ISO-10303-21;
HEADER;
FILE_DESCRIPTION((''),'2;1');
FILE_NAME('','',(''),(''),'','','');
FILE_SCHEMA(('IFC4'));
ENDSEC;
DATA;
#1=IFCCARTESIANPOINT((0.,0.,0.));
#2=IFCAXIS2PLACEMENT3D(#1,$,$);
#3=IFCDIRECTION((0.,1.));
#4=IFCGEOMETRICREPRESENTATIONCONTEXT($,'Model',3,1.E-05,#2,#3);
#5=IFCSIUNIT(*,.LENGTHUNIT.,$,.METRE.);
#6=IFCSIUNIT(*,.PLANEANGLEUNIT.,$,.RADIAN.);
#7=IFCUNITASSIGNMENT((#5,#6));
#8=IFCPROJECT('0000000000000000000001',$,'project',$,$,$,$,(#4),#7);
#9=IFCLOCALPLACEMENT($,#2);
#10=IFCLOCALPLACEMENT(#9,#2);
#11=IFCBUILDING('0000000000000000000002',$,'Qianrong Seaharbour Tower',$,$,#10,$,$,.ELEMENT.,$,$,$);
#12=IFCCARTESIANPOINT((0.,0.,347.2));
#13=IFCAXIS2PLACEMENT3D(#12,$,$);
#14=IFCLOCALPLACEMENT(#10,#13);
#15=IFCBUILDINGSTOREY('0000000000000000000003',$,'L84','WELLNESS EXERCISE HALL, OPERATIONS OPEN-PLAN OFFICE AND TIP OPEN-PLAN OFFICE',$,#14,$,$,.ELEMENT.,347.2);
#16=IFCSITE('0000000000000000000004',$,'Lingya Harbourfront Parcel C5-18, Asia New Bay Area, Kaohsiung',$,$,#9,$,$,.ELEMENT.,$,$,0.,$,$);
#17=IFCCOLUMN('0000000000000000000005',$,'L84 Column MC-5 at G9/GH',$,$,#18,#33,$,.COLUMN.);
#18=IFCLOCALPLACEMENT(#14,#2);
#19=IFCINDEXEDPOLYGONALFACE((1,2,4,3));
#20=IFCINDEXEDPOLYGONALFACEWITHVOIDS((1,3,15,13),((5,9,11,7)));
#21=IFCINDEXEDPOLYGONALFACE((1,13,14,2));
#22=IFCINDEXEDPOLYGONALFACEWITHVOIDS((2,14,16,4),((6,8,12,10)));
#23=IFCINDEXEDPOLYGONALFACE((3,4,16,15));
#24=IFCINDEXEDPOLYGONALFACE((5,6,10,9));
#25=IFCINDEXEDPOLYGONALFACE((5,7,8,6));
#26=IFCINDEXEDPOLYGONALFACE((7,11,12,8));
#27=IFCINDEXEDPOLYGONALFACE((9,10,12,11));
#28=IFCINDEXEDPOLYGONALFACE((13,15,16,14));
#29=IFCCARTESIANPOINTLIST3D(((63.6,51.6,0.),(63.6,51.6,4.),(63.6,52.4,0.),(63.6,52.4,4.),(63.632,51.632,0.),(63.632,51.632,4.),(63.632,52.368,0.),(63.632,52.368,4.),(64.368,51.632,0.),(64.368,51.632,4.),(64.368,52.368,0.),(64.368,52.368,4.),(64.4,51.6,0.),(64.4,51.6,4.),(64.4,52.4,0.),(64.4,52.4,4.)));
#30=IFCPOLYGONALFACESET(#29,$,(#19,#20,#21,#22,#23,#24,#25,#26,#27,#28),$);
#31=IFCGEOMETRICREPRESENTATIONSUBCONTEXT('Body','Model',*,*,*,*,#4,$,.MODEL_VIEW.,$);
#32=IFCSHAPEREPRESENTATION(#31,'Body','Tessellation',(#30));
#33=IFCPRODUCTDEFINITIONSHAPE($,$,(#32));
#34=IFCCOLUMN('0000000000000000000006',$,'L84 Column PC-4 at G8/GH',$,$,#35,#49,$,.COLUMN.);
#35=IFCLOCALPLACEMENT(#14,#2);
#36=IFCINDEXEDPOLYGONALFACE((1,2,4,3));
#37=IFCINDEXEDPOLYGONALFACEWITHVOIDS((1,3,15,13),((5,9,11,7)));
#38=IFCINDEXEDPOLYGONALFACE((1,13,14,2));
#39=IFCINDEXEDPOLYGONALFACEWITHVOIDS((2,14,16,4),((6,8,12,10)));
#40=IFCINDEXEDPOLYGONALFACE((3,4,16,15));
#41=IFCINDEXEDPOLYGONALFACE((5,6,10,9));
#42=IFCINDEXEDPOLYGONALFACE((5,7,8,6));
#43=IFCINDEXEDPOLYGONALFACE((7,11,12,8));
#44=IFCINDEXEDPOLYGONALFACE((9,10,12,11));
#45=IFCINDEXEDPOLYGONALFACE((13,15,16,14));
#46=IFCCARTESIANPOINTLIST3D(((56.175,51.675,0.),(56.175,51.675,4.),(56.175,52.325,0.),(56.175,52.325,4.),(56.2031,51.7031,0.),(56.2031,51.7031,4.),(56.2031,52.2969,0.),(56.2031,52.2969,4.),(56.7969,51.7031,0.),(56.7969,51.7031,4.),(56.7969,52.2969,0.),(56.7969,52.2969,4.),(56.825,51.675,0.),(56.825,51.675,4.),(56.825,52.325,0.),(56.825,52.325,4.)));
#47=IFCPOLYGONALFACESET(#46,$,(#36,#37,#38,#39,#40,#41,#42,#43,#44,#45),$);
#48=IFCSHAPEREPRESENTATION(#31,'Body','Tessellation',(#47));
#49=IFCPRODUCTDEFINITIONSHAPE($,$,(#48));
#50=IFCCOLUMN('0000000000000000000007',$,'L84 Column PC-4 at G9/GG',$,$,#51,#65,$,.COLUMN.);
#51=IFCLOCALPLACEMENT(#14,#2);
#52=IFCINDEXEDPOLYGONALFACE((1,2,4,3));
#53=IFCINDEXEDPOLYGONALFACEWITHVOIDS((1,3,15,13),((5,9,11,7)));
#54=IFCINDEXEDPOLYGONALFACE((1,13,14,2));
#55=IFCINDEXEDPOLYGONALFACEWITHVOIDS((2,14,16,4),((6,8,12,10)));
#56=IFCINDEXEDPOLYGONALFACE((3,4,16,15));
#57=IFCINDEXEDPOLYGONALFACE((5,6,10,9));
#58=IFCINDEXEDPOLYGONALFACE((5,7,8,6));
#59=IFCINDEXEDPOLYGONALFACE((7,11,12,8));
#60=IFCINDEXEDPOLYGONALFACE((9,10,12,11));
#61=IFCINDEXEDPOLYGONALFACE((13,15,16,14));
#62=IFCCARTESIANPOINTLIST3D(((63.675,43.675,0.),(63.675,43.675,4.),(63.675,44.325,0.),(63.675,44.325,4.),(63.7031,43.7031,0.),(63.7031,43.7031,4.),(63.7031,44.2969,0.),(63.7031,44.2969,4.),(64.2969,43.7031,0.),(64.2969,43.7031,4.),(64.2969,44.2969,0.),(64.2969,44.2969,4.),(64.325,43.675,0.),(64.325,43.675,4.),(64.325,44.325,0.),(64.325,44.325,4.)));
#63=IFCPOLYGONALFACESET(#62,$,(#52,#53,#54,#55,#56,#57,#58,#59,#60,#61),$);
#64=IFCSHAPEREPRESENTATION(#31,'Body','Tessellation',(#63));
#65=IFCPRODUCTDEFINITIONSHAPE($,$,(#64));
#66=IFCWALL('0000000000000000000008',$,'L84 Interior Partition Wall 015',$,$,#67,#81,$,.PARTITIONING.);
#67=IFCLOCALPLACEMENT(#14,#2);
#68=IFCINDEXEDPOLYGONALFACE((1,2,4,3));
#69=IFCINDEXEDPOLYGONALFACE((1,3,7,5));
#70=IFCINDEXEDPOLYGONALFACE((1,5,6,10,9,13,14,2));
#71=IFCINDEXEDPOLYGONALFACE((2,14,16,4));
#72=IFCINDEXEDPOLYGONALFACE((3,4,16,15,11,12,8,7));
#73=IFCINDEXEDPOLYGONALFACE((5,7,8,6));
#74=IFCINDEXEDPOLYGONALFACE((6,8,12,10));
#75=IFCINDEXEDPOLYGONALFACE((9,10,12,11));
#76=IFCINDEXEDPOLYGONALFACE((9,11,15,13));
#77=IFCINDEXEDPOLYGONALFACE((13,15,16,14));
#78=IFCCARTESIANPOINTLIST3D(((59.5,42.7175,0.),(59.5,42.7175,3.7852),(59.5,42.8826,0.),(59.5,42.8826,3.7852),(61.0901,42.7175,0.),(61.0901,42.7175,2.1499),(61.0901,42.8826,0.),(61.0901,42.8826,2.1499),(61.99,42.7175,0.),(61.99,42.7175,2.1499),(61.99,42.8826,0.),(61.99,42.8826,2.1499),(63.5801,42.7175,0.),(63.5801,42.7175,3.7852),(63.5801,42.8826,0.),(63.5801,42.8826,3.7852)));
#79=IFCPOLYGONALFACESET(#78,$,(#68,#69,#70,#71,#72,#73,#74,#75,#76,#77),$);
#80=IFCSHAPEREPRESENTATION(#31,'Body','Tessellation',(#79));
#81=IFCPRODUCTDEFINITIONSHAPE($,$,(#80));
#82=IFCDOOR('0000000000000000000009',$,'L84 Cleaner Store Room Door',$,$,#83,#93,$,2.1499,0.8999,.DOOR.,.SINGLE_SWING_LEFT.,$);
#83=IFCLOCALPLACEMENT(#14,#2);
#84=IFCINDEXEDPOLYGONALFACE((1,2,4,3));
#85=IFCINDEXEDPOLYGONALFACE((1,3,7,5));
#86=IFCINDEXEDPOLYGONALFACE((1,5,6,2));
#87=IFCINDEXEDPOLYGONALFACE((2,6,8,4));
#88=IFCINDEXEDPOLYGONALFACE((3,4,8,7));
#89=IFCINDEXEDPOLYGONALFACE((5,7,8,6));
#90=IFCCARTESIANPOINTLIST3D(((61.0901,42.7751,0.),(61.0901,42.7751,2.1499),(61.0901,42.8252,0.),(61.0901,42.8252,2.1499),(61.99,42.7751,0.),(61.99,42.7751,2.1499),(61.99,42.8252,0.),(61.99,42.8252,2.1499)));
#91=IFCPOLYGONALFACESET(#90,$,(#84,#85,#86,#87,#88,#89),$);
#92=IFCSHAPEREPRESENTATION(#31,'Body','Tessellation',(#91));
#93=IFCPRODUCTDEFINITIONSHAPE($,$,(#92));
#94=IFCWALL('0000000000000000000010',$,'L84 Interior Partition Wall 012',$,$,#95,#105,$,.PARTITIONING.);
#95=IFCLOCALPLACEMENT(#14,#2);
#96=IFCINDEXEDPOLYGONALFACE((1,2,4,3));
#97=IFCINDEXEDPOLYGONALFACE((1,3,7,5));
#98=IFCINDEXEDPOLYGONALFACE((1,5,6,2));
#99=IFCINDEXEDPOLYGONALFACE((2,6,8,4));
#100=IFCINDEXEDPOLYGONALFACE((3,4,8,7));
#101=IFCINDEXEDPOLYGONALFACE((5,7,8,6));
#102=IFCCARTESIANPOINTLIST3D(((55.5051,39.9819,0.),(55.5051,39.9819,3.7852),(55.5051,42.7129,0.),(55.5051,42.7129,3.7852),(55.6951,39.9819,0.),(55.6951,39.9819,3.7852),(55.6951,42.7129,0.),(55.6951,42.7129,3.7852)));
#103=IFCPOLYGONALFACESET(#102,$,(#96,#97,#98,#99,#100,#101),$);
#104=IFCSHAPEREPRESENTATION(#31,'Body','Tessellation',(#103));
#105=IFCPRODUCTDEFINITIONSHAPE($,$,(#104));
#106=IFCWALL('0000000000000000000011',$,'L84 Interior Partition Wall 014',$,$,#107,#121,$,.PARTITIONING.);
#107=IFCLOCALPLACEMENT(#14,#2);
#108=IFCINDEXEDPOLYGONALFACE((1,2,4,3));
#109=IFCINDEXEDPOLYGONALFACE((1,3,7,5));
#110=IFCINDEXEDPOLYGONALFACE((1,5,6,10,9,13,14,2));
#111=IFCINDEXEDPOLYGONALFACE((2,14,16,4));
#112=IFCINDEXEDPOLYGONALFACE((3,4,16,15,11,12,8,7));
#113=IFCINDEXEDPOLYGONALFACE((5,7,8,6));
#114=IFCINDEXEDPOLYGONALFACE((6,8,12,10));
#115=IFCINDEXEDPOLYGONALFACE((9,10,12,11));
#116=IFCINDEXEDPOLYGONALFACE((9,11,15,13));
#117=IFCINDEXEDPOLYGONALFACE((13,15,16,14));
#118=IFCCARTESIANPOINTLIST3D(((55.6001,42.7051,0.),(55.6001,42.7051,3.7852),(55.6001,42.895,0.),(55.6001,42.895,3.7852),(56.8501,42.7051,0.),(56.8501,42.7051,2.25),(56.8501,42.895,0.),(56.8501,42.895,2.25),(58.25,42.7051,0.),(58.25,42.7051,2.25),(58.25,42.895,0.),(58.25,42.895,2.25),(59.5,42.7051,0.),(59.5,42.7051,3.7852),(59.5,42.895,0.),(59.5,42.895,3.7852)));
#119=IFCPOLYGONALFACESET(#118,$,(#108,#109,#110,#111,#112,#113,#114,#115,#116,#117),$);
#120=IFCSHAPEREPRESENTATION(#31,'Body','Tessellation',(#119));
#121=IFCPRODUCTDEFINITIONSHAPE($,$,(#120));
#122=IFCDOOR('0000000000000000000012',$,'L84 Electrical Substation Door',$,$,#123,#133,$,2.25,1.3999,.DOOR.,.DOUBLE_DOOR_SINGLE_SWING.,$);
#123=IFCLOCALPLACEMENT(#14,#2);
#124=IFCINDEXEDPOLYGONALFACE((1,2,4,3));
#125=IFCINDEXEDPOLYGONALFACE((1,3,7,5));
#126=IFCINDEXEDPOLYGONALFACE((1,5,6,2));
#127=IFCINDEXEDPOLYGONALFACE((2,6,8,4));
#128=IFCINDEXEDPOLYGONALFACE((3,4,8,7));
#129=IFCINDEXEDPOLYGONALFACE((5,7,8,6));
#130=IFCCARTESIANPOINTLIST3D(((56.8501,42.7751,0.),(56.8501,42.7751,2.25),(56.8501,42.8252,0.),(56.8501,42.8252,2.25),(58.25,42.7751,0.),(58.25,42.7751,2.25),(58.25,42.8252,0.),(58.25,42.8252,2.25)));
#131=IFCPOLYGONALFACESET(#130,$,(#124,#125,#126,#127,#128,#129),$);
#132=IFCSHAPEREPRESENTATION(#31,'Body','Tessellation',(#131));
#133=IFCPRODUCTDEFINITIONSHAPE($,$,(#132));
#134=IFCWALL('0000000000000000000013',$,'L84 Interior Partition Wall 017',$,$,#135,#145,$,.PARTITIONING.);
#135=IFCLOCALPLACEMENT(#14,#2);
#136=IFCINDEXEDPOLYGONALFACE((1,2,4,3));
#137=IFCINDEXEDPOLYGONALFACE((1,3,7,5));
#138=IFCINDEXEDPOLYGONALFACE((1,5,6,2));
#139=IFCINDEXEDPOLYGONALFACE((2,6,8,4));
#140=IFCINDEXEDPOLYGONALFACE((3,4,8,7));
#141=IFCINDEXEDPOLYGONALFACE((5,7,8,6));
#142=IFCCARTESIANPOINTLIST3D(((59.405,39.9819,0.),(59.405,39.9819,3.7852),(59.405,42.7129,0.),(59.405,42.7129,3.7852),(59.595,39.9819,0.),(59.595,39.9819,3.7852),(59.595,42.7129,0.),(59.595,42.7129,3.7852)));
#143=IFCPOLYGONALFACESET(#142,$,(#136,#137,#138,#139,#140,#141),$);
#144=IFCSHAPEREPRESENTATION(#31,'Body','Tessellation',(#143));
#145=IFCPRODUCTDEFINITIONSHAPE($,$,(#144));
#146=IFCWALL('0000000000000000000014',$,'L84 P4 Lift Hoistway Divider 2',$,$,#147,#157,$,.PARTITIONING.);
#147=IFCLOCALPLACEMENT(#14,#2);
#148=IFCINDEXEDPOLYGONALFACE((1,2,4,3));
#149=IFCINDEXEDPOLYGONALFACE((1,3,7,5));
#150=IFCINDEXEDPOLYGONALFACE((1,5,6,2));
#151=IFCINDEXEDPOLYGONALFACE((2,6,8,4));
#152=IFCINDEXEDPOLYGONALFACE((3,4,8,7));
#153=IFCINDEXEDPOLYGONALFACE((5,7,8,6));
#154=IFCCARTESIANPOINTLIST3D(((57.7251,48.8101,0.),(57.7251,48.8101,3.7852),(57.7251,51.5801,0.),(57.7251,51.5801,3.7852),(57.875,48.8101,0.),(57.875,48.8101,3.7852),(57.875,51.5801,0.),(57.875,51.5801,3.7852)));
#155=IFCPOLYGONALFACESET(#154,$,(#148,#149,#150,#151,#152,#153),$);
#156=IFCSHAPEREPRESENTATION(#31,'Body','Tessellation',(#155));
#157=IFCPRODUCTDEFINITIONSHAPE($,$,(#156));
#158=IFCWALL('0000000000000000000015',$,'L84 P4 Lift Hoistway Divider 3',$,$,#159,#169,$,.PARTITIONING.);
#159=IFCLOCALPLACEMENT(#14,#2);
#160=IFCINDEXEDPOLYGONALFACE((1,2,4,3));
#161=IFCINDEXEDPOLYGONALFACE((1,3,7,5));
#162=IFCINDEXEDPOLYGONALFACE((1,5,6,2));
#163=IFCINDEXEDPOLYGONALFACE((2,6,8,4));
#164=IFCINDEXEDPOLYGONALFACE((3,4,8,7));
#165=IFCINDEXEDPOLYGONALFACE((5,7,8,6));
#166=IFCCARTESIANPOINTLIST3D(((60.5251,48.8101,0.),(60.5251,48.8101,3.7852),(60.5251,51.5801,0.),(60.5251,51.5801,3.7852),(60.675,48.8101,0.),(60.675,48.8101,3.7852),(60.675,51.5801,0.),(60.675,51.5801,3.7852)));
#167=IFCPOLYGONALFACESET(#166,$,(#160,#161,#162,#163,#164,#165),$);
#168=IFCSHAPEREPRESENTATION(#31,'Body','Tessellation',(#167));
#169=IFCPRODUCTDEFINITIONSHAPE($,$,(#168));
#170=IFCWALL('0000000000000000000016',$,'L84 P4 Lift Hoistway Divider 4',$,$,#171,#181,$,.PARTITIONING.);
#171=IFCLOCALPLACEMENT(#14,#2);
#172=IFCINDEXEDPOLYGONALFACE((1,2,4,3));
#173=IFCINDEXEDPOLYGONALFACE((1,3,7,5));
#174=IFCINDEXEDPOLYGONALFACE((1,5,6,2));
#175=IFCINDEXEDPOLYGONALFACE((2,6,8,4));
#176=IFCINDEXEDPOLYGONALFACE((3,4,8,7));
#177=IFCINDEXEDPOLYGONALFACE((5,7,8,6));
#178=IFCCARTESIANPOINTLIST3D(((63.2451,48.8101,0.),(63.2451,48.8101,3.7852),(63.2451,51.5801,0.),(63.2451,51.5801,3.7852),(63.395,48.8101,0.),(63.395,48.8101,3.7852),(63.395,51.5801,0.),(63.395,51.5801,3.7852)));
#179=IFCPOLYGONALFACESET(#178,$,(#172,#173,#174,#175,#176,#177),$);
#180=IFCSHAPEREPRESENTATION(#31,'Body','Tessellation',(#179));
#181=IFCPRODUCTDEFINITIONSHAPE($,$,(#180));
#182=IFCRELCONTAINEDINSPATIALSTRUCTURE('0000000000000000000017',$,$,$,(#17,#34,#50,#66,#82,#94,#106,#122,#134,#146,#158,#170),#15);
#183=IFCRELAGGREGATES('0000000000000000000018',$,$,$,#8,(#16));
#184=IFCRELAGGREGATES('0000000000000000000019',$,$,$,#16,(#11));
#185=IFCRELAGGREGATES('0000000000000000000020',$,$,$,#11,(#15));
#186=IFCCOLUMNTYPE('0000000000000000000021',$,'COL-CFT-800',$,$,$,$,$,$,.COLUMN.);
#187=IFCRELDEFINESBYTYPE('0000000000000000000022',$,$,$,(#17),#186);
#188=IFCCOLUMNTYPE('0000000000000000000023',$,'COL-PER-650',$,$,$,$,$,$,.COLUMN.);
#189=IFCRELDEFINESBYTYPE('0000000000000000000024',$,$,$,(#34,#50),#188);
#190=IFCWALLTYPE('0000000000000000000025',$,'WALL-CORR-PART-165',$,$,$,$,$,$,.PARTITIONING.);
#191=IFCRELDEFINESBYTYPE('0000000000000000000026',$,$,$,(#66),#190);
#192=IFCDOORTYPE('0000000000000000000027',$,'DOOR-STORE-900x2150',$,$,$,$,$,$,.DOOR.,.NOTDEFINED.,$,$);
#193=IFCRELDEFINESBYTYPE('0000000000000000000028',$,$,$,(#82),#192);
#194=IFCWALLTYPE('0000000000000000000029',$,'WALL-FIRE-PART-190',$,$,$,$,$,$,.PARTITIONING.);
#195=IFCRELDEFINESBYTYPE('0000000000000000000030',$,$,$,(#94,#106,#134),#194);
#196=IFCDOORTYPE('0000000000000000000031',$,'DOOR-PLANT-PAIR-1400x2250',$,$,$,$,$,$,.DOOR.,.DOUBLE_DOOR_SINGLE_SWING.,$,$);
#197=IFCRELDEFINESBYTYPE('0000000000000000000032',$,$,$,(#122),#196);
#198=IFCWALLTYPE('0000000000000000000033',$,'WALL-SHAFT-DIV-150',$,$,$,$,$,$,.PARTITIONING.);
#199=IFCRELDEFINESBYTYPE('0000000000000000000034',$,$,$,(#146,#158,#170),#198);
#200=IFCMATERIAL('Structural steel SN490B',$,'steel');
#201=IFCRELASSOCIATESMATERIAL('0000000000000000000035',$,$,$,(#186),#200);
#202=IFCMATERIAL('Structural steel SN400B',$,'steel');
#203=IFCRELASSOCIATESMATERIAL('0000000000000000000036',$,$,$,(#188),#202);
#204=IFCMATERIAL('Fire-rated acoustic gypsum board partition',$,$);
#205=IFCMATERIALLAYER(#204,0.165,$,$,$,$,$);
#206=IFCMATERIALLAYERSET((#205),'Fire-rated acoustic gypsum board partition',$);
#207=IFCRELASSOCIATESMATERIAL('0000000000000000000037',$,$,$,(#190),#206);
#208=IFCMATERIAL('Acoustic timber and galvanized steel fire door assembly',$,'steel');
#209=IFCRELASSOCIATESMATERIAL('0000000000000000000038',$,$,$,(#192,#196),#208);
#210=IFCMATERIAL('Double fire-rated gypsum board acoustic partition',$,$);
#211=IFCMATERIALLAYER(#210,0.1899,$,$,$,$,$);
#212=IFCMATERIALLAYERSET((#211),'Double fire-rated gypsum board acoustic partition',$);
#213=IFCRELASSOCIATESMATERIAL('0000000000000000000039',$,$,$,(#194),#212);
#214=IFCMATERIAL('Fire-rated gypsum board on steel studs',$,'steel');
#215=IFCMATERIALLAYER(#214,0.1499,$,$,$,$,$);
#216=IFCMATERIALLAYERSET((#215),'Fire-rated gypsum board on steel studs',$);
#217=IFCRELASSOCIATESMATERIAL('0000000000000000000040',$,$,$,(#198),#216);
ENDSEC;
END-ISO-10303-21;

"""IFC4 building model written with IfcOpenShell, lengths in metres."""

from ifc_helpers import new_model, si_unit, direction, frame, frame_2d, origin, origin_2d, place, context, subcontext, project, spatial, rectangle, hollow_rectangle, extrude, material, layer, layer_set, material_profile, profile_set, type_object, element, fill, save


model = new_model("IFC4")

# Units and contexts
model_context = context("Model", 3, precision=1e-05, world=origin(), true_north=direction((0.0, 1.0)))
body_context = subcontext(model_context, "Body", "Model", "MODEL_VIEW")
ifc_project = project(units=[si_unit("LENGTHUNIT", "METRE"), si_unit("PLANEANGLEUNIT", "RADIAN")], contexts=[model_context])

# Site, building, storey
site_placement = place(None, origin())
site = spatial("IfcSite", under=ifc_project, at=site_placement, Name="Lingya Harbourfront Parcel C5-18, Asia New Bay Area, Kaohsiung", CompositionType="ELEMENT", RefElevation=0.0)
building_placement = place(site_placement, origin())
building = spatial("IfcBuilding", under=site, at=building_placement, Name="Qianrong Seaharbour Tower", CompositionType="ELEMENT")
storey_placement = place(building_placement, frame((0.0, 0.0, 347.2)))
storey = spatial("IfcBuildingStorey", under=building, at=storey_placement, Name="L84", Description="WELLNESS EXERCISE HALL, OPERATIONS OPEN-PLAN OFFICE AND TIP OPEN-PLAN OFFICE", CompositionType="ELEMENT", Elevation=347.2)

# Columns
ifc_material_1 = material(Name="Structural steel SN490B", Category="steel")
ifc_material_profile_1 = material_profile(ifc_material_1, hollow_rectangle(XDim=0.8, YDim=0.8, WallThickness=0.032, at=origin_2d()), Name="BOX800x800x32")
ifc_profile_set_1 = profile_set([ifc_material_profile_1], Name="Structural steel SN490B")
column_type_1 = type_object("IfcColumnType", Name="COL-CFT-800", PredefinedType="COLUMN", material=ifc_profile_set_1)
column_placement = place(storey_placement, frame((64.0, 52.0, 0.0), z_axis=(0.0, 0.0, 1.0), x_axis=(1.0, 0.0, 0.0)))
element("IfcColumn", 1, at=column_placement, inside=storey, type_object=column_type_1, Name="L84 Column MC-5 at G9/GH", PredefinedType="COLUMN", context=body_context, shape_type="SweptSolid", body=[
    extrude(hollow_rectangle(XDim=0.8, YDim=0.8, WallThickness=0.032, at=origin_2d()), origin(), (0.0, 0.0, 1.0), 4.0),
])
ifc_material_2 = material(Name="Structural steel SN400B", Category="steel")
ifc_material_profile_2 = material_profile(ifc_material_2, hollow_rectangle(XDim=0.6499, YDim=0.6499, WallThickness=0.0281, at=origin_2d()), Name="BOX650x650x28")
ifc_profile_set_2 = profile_set([ifc_material_profile_2], Name="Structural steel SN400B")
column_type_2 = type_object("IfcColumnType", Name="COL-PER-650", PredefinedType="COLUMN", material=ifc_profile_set_2)
for number, where, z_axis, x_axis, name in (
    (2, (56.5, 52.0, 0.0), (0.0, 0.0, 1.0), (1.0, 0.0, 0.0), "L84 Column PC-4 at G8/GH"),
    (3, (64.0, 44.0, 0.0), (0.0, 0.0, 1.0), (1.0, 0.0, 0.0), "L84 Column PC-4 at G9/GG"),
):
    element("IfcColumn", number, at=place(storey_placement, frame(where, z_axis=z_axis, x_axis=x_axis)), inside=storey, type_object=column_type_2, Name=name, PredefinedType="COLUMN", context=body_context, shape_type="SweptSolid", body=[
        extrude(hollow_rectangle(XDim=0.6499, YDim=0.6499, WallThickness=0.0281, at=origin_2d()), origin(), (0.0, 0.0, 1.0), 4.0),
    ])

# Wall, opening, door
ifc_material_3 = material(Name="Fire-rated acoustic gypsum board partition")
ifc_layer_1 = layer(ifc_material_3, 0.165)
ifc_layer_set_1 = layer_set([ifc_layer_1], Name="Fire-rated acoustic gypsum board partition")
wall_type_1 = type_object("IfcWallType", Name="WALL-CORR-PART-165", PredefinedType="PARTITIONING", material=ifc_layer_set_1)
wall_1_placement = place(storey_placement, frame((63.5801, 42.8, 0.0), z_axis=(0.0, 0.0, 1.0), x_axis=(-1.0, 0.0, 0.0)))
wall_1 = element("IfcWall", 4, at=wall_1_placement, inside=storey, type_object=wall_type_1, Name="L84 Interior Partition Wall 015", PredefinedType="PARTITIONING", context=body_context, shape_type="SweptSolid", body=[
    extrude(rectangle(XDim=4.0801, YDim=0.165, at=frame_2d((2.04, 0.0))), origin(), (0.0, 0.0, 1.0), 3.7852),
])
opening_1_placement = place(wall_1_placement, frame((1.5901, 0.0, 0.0)))
opening_1 = element("IfcOpeningElement", 5, at=opening_1_placement, cuts=wall_1, PredefinedType="OPENING", context=body_context, shape_type="SweptSolid", body=[
    extrude(rectangle(XDim=0.8999, YDim=2.1499, at=frame_2d((0.45, 1.075))), frame((0.0, 0.0925, 0.0), z_axis=(0.0, -1.0, 0.0), x_axis=(1.0, 0.0, 0.0)), (0.0, 0.0, 1.0), 0.1851),
])
ifc_material_4 = material(Name="Acoustic timber and galvanized steel fire door assembly", Category="steel")
door_type_1 = type_object("IfcDoorType", Name="DOOR-STORE-900x2150", OperationType="NOTDEFINED", PredefinedType="DOOR", material=ifc_material_4)
door_1_placement = place(opening_1_placement, origin())
door_1 = element("IfcDoor", 6, at=door_1_placement, inside=storey, type_object=door_type_1, Name="L84 Cleaner Store Room Door", OperationType="SINGLE_SWING_LEFT", OverallHeight=2.1499, OverallWidth=0.8999, PredefinedType="DOOR", context=body_context, shape_type="SweptSolid", body=[
    extrude(rectangle(XDim=0.8999, YDim=2.1499, at=frame_2d((0.45, 1.075))), frame((0.0, 0.0249, 0.0), z_axis=(0.0, -1.0, 0.0), x_axis=(1.0, 0.0, 0.0)), (0.0, 0.0, 1.0), 0.05),
])
fill(opening_1, door_1)

# Wall
ifc_material_5 = material(Name="Double fire-rated gypsum board acoustic partition")
ifc_layer_2 = layer(ifc_material_5, 0.1899)
ifc_layer_set_2 = layer_set([ifc_layer_2], Name="Double fire-rated gypsum board acoustic partition")
wall_type_2 = type_object("IfcWallType", Name="WALL-FIRE-PART-190", PredefinedType="PARTITIONING", material=ifc_layer_set_2)
wall_2_placement = place(storey_placement, frame((55.6001, 42.7129, 0.0), z_axis=(0.0, 0.0, 1.0), x_axis=(0.0, -1.0, 0.0)))
element("IfcWall", 7, at=wall_2_placement, inside=storey, type_object=wall_type_2, Name="L84 Interior Partition Wall 012", PredefinedType="PARTITIONING", context=body_context, shape_type="SweptSolid", body=[
    extrude(rectangle(XDim=2.731, YDim=0.1899, at=frame_2d((1.3655, 0.0))), origin(), (0.0, 0.0, 1.0), 3.7852),
])

# Wall, opening, door
wall_3_placement = place(storey_placement, frame((59.5, 42.8, 0.0), z_axis=(0.0, 0.0, 1.0), x_axis=(-1.0, 0.0, 0.0)))
wall_3 = element("IfcWall", 8, at=wall_3_placement, inside=storey, type_object=wall_type_2, Name="L84 Interior Partition Wall 014", PredefinedType="PARTITIONING", context=body_context, shape_type="SweptSolid", body=[
    extrude(rectangle(XDim=3.8999, YDim=0.1899, at=frame_2d((1.95, 0.0))), origin(), (0.0, 0.0, 1.0), 3.7852),
])
opening_2_placement = place(wall_3_placement, frame((1.25, 0.0, 0.0)))
opening_2 = element("IfcOpeningElement", 9, at=opening_2_placement, cuts=wall_3, PredefinedType="OPENING", context=body_context, shape_type="SweptSolid", body=[
    extrude(rectangle(XDim=1.3999, YDim=2.25, at=frame_2d((0.7, 1.125))), frame((0.0, 0.105, 0.0), z_axis=(0.0, -1.0, 0.0), x_axis=(1.0, 0.0, 0.0)), (0.0, 0.0, 1.0), 0.21),
])
door_type_2 = type_object("IfcDoorType", Name="DOOR-PLANT-PAIR-1400x2250", OperationType="DOUBLE_DOOR_SINGLE_SWING", PredefinedType="DOOR", material=ifc_material_4)
door_2_placement = place(opening_2_placement, origin())
door_2 = element("IfcDoor", 10, at=door_2_placement, inside=storey, type_object=door_type_2, Name="L84 Electrical Substation Door", OperationType="DOUBLE_DOOR_SINGLE_SWING", OverallHeight=2.25, OverallWidth=1.3999, PredefinedType="DOOR", context=body_context, shape_type="SweptSolid", body=[
    extrude(rectangle(XDim=1.3999, YDim=2.25, at=frame_2d((0.7, 1.125))), frame((0.0, 0.0249, 0.0), z_axis=(0.0, -1.0, 0.0), x_axis=(1.0, 0.0, 0.0)), (0.0, 0.0, 1.0), 0.05),
])
fill(opening_2, door_2)

# Walls
wall_4_placement = place(storey_placement, frame((59.5, 42.7129, 0.0), z_axis=(0.0, 0.0, 1.0), x_axis=(0.0, -1.0, 0.0)))
element("IfcWall", 11, at=wall_4_placement, inside=storey, type_object=wall_type_2, Name="L84 Interior Partition Wall 017", PredefinedType="PARTITIONING", context=body_context, shape_type="SweptSolid", body=[
    extrude(rectangle(XDim=2.731, YDim=0.1899, at=frame_2d((1.3655, 0.0))), origin(), (0.0, 0.0, 1.0), 3.7852),
])
ifc_material_6 = material(Name="Fire-rated gypsum board on steel studs", Category="steel")
ifc_layer_3 = layer(ifc_material_6, 0.1499)
ifc_layer_set_3 = layer_set([ifc_layer_3], Name="Fire-rated gypsum board on steel studs")
wall_type_3 = type_object("IfcWallType", Name="WALL-SHAFT-DIV-150", PredefinedType="PARTITIONING", material=ifc_layer_set_3)
for number, where, z_axis, x_axis, name in (
    (12, (57.8, 48.8101, 0.0), (0.0, 0.0, 1.0), (0.0, 1.0, 0.0), "L84 P4 Lift Hoistway Divider 2"),
    (13, (60.6001, 48.8101, 0.0), (0.0, 0.0, 1.0), (0.0, 1.0, 0.0), "L84 P4 Lift Hoistway Divider 3"),
    (14, (63.3201, 48.8101, 0.0), (0.0, 0.0, 1.0), (0.0, 1.0, 0.0), "L84 P4 Lift Hoistway Divider 4"),
):
    element("IfcWall", number, at=place(storey_placement, frame(where, z_axis=z_axis, x_axis=x_axis)), inside=storey, type_object=wall_type_3, Name=name, PredefinedType="PARTITIONING", context=body_context, shape_type="SweptSolid", body=[
        extrude(rectangle(XDim=2.77, YDim=0.1499, at=frame_2d((1.385, 0.0))), origin(), (0.0, 0.0, 1.0), 3.7852),
    ])

save(model, "model.ifc")
